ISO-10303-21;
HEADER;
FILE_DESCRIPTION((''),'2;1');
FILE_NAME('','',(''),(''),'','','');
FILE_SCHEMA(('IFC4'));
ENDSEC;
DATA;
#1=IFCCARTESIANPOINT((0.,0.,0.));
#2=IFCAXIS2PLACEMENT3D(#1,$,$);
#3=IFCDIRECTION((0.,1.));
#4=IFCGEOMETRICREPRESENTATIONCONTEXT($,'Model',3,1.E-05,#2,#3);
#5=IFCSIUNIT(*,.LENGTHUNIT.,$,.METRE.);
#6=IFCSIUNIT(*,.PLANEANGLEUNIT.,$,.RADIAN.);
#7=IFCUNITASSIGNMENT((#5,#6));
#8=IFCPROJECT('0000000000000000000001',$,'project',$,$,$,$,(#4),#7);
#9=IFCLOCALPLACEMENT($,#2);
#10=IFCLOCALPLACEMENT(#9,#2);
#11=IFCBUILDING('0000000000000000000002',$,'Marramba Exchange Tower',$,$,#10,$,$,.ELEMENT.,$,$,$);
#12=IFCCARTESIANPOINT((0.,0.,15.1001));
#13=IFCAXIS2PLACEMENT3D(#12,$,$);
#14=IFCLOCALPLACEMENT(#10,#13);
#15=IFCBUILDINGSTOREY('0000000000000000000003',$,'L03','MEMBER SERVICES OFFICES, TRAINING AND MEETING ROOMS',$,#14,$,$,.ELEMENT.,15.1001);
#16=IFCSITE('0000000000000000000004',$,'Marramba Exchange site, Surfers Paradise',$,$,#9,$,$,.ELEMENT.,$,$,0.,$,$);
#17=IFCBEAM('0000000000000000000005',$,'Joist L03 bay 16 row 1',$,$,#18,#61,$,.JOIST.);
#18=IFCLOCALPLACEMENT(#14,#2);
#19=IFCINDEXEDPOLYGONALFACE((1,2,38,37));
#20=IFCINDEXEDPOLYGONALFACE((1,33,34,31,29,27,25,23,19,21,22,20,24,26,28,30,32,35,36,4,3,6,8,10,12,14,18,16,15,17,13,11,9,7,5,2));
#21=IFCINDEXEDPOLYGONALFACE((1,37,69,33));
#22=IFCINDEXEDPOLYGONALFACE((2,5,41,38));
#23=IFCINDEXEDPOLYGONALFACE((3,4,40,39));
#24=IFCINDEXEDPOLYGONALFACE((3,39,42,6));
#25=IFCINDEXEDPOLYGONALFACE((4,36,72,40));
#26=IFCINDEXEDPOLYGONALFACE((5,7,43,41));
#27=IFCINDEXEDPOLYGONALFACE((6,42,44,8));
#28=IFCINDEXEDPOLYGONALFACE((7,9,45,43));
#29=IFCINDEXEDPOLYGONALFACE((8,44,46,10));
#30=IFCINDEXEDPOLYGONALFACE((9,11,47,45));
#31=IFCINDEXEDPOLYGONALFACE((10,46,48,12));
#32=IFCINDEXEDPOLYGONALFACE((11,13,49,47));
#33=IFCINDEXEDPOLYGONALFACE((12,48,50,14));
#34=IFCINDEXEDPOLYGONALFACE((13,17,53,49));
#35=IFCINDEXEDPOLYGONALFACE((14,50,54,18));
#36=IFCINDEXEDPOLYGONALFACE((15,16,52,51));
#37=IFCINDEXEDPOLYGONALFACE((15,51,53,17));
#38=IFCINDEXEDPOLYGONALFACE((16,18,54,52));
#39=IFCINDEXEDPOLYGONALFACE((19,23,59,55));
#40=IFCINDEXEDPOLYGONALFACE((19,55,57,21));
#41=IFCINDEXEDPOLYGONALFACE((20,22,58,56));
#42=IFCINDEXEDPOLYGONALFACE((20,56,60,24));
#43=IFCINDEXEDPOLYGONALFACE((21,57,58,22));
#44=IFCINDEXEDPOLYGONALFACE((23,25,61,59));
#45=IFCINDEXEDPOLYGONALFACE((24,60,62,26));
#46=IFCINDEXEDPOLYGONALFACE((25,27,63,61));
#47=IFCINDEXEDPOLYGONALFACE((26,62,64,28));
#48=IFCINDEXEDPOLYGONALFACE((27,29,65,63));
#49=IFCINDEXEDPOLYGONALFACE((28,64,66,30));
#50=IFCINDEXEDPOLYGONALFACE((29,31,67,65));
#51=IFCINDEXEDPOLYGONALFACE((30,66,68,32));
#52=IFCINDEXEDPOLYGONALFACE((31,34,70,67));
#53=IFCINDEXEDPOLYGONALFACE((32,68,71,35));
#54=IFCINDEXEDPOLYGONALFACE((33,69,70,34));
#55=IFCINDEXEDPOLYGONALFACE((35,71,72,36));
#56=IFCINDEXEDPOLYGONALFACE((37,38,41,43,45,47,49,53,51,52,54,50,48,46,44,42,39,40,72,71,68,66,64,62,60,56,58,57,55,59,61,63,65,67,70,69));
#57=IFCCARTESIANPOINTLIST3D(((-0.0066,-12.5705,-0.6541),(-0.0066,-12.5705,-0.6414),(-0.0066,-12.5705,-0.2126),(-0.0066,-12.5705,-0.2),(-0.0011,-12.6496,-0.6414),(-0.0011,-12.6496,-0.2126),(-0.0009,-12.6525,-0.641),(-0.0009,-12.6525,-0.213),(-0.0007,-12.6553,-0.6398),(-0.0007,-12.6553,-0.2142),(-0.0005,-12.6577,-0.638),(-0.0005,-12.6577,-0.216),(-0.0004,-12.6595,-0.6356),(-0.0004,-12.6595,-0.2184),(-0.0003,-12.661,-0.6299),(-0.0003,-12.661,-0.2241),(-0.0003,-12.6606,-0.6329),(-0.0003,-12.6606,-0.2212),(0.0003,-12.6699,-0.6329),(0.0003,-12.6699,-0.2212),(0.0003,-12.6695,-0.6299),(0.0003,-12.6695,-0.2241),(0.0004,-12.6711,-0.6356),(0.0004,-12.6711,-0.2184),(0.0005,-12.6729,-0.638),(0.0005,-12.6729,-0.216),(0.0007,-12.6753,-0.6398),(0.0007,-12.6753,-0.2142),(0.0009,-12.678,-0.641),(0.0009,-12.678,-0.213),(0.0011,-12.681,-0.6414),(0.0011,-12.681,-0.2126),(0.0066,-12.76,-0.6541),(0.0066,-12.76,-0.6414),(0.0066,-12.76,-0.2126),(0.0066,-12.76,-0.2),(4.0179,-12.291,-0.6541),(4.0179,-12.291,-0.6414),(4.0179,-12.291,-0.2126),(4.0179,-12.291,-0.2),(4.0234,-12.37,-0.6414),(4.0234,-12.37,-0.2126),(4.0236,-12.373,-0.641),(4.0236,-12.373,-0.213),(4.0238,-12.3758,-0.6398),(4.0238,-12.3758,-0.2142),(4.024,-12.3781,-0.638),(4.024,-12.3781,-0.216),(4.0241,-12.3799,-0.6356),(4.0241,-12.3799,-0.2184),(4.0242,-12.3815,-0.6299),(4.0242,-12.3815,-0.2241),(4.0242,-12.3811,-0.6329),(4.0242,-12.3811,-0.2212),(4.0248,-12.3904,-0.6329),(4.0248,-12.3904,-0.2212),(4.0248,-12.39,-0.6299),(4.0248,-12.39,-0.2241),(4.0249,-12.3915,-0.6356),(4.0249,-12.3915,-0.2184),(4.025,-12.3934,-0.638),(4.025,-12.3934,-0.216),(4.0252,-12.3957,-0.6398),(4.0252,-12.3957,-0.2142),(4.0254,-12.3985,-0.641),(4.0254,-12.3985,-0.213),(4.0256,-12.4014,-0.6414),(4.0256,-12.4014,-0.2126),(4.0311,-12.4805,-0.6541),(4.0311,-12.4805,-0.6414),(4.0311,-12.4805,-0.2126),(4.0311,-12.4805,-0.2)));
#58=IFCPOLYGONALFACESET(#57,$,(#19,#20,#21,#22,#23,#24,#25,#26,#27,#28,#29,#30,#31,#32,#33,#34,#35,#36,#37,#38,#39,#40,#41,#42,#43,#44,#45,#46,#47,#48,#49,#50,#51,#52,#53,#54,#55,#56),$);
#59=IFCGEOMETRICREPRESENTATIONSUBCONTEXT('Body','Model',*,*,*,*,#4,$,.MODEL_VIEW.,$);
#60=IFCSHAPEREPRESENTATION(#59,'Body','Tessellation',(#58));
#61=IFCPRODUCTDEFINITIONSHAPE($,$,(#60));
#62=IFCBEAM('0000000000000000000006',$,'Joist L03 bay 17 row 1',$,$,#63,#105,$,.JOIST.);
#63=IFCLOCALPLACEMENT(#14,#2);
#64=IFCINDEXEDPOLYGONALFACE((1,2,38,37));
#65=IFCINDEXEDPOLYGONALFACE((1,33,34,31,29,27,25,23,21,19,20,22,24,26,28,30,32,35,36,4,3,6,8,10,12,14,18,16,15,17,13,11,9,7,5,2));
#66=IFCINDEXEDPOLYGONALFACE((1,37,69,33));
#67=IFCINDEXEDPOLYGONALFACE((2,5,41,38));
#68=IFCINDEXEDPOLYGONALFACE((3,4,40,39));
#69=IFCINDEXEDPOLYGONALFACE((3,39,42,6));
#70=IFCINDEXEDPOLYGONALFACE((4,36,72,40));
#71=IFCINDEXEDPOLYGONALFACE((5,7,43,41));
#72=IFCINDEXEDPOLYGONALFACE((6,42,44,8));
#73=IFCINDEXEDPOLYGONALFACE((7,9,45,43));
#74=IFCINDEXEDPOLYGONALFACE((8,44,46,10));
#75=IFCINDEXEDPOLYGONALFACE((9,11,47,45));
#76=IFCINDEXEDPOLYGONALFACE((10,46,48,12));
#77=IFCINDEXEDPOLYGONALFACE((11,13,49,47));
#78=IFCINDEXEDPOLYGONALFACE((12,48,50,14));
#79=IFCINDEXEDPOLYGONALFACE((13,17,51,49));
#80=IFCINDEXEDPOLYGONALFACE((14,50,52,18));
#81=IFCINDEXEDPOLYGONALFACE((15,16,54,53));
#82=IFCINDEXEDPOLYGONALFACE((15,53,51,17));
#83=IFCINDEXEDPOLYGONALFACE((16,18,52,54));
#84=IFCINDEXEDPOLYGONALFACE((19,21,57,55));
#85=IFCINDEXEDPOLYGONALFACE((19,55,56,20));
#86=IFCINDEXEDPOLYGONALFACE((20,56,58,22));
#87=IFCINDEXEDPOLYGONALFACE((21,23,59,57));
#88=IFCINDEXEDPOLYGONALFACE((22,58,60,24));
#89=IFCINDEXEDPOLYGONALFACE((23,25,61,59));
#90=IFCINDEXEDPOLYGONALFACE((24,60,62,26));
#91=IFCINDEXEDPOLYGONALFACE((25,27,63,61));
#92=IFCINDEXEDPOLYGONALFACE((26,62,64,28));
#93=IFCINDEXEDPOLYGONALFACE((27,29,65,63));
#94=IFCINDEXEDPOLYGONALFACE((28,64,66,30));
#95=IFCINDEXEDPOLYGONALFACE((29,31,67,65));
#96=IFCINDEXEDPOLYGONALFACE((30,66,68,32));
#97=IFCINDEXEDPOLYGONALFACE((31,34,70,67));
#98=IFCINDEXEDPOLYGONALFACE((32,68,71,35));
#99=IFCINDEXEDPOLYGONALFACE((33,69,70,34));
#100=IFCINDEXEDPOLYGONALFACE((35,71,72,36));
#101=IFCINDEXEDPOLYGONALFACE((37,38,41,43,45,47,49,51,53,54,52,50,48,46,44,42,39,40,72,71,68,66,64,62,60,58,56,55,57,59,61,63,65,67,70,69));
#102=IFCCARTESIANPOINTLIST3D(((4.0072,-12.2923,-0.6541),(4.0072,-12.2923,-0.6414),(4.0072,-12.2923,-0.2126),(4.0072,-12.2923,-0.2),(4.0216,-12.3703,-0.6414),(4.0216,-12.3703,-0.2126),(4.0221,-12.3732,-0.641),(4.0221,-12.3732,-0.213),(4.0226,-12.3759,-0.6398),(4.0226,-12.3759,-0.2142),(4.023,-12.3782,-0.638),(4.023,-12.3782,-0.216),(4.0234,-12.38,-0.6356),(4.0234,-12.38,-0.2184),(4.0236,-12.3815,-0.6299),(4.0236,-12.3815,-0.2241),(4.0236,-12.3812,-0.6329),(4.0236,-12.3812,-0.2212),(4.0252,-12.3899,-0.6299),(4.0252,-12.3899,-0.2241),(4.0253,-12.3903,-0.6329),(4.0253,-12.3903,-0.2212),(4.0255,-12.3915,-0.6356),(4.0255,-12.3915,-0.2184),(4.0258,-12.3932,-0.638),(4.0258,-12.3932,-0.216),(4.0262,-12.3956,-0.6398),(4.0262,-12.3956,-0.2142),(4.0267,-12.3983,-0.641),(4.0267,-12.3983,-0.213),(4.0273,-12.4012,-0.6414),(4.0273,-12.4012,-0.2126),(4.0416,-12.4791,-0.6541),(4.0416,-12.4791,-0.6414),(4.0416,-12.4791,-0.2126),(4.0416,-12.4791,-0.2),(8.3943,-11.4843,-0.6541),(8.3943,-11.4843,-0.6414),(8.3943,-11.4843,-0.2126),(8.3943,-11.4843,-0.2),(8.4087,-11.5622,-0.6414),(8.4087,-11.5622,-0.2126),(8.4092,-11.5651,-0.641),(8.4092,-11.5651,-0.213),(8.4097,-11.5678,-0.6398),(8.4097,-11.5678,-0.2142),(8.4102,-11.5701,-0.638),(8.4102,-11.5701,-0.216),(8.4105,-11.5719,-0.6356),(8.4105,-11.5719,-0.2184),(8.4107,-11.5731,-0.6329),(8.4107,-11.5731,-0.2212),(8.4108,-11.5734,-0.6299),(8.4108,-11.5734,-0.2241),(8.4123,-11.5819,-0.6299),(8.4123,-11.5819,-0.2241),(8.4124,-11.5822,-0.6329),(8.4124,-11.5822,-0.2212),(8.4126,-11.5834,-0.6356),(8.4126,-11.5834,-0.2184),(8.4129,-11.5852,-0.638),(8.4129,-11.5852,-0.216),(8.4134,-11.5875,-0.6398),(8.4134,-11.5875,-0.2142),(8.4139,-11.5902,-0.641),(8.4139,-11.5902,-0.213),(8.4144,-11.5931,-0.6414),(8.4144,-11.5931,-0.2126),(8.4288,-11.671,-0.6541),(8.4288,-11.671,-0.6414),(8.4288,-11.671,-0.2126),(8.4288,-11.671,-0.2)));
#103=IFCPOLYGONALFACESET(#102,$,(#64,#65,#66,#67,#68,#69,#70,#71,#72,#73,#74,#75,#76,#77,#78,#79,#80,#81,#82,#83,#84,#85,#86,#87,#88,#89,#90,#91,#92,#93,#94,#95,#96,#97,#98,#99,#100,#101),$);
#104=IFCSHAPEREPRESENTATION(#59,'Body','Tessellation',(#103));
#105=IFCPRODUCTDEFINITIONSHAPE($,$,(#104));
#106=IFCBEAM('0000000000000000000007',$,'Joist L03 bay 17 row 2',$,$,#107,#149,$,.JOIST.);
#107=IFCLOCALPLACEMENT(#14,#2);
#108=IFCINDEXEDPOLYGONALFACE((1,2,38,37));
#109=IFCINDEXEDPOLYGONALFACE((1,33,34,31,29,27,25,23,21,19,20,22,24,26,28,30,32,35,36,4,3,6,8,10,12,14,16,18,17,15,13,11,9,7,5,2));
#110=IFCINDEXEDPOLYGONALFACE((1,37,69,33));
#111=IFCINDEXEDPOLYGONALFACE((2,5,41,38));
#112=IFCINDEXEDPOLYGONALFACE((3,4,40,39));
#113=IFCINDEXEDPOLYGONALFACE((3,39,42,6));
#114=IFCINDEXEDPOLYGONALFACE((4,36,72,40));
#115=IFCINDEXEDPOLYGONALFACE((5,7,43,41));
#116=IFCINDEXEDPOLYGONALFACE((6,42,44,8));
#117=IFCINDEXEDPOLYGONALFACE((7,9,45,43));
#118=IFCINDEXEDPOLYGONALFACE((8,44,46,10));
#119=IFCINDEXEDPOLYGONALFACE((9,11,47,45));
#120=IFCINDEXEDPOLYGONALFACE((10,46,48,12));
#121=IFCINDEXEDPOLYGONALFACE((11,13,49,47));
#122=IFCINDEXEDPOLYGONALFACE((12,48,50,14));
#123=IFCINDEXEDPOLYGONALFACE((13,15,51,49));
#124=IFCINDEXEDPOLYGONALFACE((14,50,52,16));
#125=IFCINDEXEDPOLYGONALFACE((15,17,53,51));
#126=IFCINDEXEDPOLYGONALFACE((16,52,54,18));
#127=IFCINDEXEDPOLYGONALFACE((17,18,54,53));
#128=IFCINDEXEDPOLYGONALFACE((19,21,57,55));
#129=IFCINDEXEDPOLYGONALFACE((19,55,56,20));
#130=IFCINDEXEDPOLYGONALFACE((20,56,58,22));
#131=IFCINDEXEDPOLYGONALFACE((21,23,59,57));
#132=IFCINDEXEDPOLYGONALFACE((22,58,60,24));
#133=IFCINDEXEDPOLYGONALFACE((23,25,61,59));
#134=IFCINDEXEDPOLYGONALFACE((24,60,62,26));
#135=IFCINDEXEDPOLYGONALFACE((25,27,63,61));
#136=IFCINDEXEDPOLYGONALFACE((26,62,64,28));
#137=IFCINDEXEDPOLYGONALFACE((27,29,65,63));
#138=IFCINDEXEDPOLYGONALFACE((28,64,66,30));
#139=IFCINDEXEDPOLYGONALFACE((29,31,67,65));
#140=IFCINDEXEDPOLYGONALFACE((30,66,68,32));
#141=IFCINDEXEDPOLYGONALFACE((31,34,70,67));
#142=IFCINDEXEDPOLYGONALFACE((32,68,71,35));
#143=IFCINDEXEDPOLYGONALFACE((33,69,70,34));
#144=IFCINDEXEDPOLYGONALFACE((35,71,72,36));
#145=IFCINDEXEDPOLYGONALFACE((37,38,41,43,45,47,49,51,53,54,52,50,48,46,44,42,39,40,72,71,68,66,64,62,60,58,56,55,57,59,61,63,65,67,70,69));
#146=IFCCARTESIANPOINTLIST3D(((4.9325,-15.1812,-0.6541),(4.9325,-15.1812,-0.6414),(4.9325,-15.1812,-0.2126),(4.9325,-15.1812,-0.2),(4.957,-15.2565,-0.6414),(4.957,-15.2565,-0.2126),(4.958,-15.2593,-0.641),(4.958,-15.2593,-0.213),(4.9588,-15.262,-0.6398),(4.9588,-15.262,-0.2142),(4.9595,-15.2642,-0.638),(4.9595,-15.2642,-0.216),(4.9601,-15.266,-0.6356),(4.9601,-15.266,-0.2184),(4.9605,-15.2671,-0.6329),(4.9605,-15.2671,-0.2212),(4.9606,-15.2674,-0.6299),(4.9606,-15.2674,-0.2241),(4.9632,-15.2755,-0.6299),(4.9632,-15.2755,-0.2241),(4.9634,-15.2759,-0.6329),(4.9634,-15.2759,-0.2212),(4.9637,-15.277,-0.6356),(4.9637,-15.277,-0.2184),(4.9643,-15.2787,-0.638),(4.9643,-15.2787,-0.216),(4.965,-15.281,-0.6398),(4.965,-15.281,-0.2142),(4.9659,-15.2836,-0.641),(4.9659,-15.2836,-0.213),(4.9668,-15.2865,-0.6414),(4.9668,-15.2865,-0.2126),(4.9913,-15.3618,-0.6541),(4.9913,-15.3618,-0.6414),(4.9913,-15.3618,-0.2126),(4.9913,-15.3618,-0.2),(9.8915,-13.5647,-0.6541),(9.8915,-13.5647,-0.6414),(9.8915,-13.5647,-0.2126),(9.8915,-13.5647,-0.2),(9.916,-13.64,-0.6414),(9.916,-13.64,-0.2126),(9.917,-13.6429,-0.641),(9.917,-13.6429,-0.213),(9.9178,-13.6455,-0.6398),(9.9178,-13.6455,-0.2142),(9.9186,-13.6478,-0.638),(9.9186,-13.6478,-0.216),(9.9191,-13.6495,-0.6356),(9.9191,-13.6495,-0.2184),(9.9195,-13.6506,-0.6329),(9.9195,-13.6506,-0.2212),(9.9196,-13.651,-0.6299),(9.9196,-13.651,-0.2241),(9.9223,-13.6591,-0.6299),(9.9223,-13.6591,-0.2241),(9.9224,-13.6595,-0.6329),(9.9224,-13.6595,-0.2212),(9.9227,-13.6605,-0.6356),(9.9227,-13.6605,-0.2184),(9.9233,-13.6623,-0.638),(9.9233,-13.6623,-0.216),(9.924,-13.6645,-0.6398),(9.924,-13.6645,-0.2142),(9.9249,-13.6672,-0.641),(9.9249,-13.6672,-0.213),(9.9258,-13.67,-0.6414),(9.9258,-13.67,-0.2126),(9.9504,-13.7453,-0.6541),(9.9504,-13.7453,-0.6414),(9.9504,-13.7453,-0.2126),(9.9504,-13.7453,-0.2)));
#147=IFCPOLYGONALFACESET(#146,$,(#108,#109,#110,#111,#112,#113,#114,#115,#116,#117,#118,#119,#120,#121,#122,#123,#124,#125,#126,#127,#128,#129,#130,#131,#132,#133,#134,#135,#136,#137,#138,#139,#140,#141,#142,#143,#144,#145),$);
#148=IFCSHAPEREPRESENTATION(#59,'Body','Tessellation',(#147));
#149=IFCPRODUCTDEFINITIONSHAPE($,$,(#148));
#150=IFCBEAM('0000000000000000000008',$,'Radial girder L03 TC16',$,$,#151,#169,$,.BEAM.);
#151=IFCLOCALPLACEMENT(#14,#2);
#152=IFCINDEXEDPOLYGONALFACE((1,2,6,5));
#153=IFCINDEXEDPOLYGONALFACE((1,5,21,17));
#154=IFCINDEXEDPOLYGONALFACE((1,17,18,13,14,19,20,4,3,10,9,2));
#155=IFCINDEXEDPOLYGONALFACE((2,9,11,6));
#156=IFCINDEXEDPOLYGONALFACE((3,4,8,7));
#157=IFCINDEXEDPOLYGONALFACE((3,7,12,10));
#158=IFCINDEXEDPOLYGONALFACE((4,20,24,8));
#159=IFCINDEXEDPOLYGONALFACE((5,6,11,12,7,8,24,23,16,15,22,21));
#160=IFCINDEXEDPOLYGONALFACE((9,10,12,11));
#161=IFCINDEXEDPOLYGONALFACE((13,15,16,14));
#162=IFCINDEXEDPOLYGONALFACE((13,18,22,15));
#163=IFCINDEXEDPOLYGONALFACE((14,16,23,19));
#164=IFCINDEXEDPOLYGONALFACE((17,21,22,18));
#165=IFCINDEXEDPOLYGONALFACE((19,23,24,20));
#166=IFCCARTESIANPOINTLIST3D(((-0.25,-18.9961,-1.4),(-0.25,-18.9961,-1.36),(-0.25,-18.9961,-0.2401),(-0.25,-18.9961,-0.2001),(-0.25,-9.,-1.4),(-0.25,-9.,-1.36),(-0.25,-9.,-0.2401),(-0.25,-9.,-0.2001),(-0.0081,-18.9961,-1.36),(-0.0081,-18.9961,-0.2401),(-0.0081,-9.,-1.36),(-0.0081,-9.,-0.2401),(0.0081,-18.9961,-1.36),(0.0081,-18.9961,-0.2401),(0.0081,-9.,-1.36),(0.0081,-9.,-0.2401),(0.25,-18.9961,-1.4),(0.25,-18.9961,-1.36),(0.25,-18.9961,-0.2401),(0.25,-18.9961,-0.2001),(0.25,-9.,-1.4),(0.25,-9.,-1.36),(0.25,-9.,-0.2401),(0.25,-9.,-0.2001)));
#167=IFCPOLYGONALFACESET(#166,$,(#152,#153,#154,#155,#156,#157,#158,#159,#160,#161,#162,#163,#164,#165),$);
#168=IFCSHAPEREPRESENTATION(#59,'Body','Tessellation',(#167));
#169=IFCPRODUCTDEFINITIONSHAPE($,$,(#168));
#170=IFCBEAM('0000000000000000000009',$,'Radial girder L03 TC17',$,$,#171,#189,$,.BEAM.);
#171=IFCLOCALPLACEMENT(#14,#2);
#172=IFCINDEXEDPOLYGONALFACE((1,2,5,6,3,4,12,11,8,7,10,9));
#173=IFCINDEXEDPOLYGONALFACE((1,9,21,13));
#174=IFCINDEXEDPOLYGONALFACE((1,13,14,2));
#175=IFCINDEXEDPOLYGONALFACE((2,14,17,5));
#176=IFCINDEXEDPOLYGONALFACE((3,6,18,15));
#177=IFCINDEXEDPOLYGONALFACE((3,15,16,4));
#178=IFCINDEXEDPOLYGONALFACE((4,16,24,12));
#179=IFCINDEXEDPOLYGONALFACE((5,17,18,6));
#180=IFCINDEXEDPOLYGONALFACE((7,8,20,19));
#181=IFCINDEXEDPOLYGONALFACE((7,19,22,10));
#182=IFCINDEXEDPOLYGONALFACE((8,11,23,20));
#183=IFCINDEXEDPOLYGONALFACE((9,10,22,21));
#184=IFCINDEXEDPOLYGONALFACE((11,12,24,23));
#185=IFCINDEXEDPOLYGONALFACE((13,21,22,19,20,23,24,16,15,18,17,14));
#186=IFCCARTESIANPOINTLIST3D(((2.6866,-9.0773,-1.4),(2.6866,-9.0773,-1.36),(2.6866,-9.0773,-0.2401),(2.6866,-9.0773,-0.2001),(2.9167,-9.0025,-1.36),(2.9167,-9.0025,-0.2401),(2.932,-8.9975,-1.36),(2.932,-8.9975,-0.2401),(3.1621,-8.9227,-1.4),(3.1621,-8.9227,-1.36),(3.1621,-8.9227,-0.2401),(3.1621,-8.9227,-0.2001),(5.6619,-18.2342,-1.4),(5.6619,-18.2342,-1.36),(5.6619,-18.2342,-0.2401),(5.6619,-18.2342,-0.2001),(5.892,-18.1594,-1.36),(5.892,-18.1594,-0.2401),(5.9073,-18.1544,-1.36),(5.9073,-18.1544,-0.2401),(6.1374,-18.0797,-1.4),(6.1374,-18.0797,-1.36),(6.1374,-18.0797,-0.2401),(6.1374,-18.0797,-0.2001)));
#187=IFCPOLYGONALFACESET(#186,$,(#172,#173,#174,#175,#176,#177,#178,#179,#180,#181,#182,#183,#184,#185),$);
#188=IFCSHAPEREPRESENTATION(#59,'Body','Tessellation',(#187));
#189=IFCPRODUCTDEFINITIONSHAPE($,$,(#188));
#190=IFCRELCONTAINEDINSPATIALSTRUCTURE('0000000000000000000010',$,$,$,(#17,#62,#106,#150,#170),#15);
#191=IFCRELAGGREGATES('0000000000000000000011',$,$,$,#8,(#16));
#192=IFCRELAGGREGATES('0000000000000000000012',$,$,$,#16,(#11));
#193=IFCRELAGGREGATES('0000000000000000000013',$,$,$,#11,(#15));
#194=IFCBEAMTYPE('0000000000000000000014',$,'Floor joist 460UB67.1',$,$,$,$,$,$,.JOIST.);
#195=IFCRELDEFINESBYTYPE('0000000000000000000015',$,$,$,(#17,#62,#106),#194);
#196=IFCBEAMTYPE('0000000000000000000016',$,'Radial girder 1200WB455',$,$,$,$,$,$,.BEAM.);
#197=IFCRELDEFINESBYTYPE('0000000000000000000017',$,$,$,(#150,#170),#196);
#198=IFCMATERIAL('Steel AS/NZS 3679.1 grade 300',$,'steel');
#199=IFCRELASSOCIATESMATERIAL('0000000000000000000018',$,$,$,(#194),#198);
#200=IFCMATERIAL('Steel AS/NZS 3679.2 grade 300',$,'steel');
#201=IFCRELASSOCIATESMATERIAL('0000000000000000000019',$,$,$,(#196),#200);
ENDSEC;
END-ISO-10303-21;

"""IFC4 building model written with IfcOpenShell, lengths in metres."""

from ifc_helpers import new_model, si_unit, direction, frame, origin, origin_2d, place, context, subcontext, project, spatial, i_section, extrude, material, material_profile, profile_set, type_object, element, save


model = new_model("IFC4")

# Units and contexts
model_context = context("Model", 3, precision=1e-05, world=origin(), true_north=direction((0.0, 1.0)))
body_context = subcontext(model_context, "Body", "Model", "MODEL_VIEW")
ifc_project = project(units=[si_unit("LENGTHUNIT", "METRE"), si_unit("PLANEANGLEUNIT", "RADIAN")], contexts=[model_context])

# Site, building, storey
site_placement = place(None, origin())
site = spatial("IfcSite", under=ifc_project, at=site_placement, Name="Marramba Exchange site, Surfers Paradise", CompositionType="ELEMENT", RefElevation=0.0)
building_placement = place(site_placement, origin())
building = spatial("IfcBuilding", under=site, at=building_placement, Name="Marramba Exchange Tower", CompositionType="ELEMENT")
storey_placement = place(building_placement, frame((0.0, 0.0, 15.1001)))
storey = spatial("IfcBuildingStorey", under=building, at=storey_placement, Name="L03", Description="MEMBER SERVICES OFFICES, TRAINING AND MEETING ROOMS", CompositionType="ELEMENT", Elevation=15.1001)

# Beams
ifc_material_1 = material(Name="Steel AS/NZS 3679.1 grade 300", Category="steel")
ifc_material_profile_1 = material_profile(ifc_material_1, i_section(OverallWidth=0.1899, OverallDepth=0.4541, WebThickness=0.0085, FlangeThickness=0.0127, FilletRadius=0.0115, at=origin_2d()), Name="460UB67.1")
ifc_profile_set_1 = profile_set([ifc_material_profile_1], Name="Steel AS/NZS 3679.1 grade 300")
beam_type_1 = type_object("IfcBeamType", Name="Floor joist 460UB67.1", PredefinedType="JOIST", material=ifc_profile_set_1)
beam_1_placement = place(storey_placement, frame((0.0, -12.6653, -0.427), z_axis=(0.997596, 0.069294, 0.0), x_axis=(-0.069294, 0.997596, 0.0)))
element("IfcBeam", 1, at=beam_1_placement, inside=storey, type_object=beam_type_1, Name="Joist L03 bay 16 row 1", PredefinedType="JOIST", context=body_context, shape_type="SweptSolid", body=[
    extrude(i_section(OverallWidth=0.1899, OverallDepth=0.4541, WebThickness=0.0085, FlangeThickness=0.0127, FilletRadius=0.0115, at=origin_2d()), origin(), (0.0, 0.0, 1.0), 4.0342),
])
beam_2_placement = place(storey_placement, frame((4.0244, -12.3857, -0.427), z_axis=(0.983456, 0.181149, 0.0), x_axis=(-0.181149, 0.983456, 0.0)))
element("IfcBeam", 2, at=beam_2_placement, inside=storey, type_object=beam_type_1, Name="Joist L03 bay 17 row 1", PredefinedType="JOIST", context=body_context, shape_type="SweptSolid", body=[
    extrude(i_section(OverallWidth=0.1899, OverallDepth=0.4541, WebThickness=0.0085, FlangeThickness=0.0127, FilletRadius=0.0115, at=origin_2d()), origin(), (0.0, 0.0, 1.0), 4.4609),
])
beam_3_placement = place(storey_placement, frame((4.9619, -15.2715, -0.427), z_axis=(0.950764, 0.309916, 0.0), x_axis=(-0.309916, 0.950764, 0.0)))
element("IfcBeam", 3, at=beam_3_placement, inside=storey, type_object=beam_type_1, Name="Joist L03 bay 17 row 2", PredefinedType="JOIST", context=body_context, shape_type="SweptSolid", body=[
    extrude(i_section(OverallWidth=0.1899, OverallDepth=0.4541, WebThickness=0.0085, FlangeThickness=0.0127, FilletRadius=0.0115, at=origin_2d()), origin(), (0.0, 0.0, 1.0), 5.2158),
])
ifc_material_2 = material(Name="Steel AS/NZS 3679.2 grade 300", Category="steel")
ifc_material_profile_2 = material_profile(ifc_material_2, i_section(OverallWidth=0.5, OverallDepth=1.2, WebThickness=0.0161, FlangeThickness=0.04, at=origin_2d()), Name="1200WB455")
ifc_profile_set_2 = profile_set([ifc_material_profile_2], Name="Steel AS/NZS 3679.2 grade 300")
beam_type_2 = type_object("IfcBeamType", Name="Radial girder 1200WB455", PredefinedType="BEAM", material=ifc_profile_set_2)
beam_4_placement = place(storey_placement, frame((0.0, -9.0, -0.8), z_axis=(0.0, -1.0, 0.0), x_axis=(1.0, 0.0, 0.0)))
element("IfcBeam", 4, at=beam_4_placement, inside=storey, type_object=beam_type_2, Name="Radial girder L03 TC16", PredefinedType="BEAM", context=body_context, shape_type="SweptSolid", body=[
    extrude(i_section(OverallWidth=0.5, OverallDepth=1.2, WebThickness=0.0161, FlangeThickness=0.04, at=origin_2d()), origin(), (0.0, 0.0, 1.0), 9.9961),
])
beam_5_placement = place(storey_placement, frame((2.9243, -9.0, -0.8), z_axis=(0.309022, -0.951055, 0.0), x_axis=(0.951055, 0.309022, 0.0)))
element("IfcBeam", 5, at=beam_5_placement, inside=storey, type_object=beam_type_2, Name="Radial girder L03 TC17", PredefinedType="BEAM", context=body_context, shape_type="SweptSolid", body=[
    extrude(i_section(OverallWidth=0.5, OverallDepth=1.2, WebThickness=0.0161, FlangeThickness=0.04, at=origin_2d()), origin(), (0.0, 0.0, 1.0), 9.6282),
])

save(model, "model.ifc")
